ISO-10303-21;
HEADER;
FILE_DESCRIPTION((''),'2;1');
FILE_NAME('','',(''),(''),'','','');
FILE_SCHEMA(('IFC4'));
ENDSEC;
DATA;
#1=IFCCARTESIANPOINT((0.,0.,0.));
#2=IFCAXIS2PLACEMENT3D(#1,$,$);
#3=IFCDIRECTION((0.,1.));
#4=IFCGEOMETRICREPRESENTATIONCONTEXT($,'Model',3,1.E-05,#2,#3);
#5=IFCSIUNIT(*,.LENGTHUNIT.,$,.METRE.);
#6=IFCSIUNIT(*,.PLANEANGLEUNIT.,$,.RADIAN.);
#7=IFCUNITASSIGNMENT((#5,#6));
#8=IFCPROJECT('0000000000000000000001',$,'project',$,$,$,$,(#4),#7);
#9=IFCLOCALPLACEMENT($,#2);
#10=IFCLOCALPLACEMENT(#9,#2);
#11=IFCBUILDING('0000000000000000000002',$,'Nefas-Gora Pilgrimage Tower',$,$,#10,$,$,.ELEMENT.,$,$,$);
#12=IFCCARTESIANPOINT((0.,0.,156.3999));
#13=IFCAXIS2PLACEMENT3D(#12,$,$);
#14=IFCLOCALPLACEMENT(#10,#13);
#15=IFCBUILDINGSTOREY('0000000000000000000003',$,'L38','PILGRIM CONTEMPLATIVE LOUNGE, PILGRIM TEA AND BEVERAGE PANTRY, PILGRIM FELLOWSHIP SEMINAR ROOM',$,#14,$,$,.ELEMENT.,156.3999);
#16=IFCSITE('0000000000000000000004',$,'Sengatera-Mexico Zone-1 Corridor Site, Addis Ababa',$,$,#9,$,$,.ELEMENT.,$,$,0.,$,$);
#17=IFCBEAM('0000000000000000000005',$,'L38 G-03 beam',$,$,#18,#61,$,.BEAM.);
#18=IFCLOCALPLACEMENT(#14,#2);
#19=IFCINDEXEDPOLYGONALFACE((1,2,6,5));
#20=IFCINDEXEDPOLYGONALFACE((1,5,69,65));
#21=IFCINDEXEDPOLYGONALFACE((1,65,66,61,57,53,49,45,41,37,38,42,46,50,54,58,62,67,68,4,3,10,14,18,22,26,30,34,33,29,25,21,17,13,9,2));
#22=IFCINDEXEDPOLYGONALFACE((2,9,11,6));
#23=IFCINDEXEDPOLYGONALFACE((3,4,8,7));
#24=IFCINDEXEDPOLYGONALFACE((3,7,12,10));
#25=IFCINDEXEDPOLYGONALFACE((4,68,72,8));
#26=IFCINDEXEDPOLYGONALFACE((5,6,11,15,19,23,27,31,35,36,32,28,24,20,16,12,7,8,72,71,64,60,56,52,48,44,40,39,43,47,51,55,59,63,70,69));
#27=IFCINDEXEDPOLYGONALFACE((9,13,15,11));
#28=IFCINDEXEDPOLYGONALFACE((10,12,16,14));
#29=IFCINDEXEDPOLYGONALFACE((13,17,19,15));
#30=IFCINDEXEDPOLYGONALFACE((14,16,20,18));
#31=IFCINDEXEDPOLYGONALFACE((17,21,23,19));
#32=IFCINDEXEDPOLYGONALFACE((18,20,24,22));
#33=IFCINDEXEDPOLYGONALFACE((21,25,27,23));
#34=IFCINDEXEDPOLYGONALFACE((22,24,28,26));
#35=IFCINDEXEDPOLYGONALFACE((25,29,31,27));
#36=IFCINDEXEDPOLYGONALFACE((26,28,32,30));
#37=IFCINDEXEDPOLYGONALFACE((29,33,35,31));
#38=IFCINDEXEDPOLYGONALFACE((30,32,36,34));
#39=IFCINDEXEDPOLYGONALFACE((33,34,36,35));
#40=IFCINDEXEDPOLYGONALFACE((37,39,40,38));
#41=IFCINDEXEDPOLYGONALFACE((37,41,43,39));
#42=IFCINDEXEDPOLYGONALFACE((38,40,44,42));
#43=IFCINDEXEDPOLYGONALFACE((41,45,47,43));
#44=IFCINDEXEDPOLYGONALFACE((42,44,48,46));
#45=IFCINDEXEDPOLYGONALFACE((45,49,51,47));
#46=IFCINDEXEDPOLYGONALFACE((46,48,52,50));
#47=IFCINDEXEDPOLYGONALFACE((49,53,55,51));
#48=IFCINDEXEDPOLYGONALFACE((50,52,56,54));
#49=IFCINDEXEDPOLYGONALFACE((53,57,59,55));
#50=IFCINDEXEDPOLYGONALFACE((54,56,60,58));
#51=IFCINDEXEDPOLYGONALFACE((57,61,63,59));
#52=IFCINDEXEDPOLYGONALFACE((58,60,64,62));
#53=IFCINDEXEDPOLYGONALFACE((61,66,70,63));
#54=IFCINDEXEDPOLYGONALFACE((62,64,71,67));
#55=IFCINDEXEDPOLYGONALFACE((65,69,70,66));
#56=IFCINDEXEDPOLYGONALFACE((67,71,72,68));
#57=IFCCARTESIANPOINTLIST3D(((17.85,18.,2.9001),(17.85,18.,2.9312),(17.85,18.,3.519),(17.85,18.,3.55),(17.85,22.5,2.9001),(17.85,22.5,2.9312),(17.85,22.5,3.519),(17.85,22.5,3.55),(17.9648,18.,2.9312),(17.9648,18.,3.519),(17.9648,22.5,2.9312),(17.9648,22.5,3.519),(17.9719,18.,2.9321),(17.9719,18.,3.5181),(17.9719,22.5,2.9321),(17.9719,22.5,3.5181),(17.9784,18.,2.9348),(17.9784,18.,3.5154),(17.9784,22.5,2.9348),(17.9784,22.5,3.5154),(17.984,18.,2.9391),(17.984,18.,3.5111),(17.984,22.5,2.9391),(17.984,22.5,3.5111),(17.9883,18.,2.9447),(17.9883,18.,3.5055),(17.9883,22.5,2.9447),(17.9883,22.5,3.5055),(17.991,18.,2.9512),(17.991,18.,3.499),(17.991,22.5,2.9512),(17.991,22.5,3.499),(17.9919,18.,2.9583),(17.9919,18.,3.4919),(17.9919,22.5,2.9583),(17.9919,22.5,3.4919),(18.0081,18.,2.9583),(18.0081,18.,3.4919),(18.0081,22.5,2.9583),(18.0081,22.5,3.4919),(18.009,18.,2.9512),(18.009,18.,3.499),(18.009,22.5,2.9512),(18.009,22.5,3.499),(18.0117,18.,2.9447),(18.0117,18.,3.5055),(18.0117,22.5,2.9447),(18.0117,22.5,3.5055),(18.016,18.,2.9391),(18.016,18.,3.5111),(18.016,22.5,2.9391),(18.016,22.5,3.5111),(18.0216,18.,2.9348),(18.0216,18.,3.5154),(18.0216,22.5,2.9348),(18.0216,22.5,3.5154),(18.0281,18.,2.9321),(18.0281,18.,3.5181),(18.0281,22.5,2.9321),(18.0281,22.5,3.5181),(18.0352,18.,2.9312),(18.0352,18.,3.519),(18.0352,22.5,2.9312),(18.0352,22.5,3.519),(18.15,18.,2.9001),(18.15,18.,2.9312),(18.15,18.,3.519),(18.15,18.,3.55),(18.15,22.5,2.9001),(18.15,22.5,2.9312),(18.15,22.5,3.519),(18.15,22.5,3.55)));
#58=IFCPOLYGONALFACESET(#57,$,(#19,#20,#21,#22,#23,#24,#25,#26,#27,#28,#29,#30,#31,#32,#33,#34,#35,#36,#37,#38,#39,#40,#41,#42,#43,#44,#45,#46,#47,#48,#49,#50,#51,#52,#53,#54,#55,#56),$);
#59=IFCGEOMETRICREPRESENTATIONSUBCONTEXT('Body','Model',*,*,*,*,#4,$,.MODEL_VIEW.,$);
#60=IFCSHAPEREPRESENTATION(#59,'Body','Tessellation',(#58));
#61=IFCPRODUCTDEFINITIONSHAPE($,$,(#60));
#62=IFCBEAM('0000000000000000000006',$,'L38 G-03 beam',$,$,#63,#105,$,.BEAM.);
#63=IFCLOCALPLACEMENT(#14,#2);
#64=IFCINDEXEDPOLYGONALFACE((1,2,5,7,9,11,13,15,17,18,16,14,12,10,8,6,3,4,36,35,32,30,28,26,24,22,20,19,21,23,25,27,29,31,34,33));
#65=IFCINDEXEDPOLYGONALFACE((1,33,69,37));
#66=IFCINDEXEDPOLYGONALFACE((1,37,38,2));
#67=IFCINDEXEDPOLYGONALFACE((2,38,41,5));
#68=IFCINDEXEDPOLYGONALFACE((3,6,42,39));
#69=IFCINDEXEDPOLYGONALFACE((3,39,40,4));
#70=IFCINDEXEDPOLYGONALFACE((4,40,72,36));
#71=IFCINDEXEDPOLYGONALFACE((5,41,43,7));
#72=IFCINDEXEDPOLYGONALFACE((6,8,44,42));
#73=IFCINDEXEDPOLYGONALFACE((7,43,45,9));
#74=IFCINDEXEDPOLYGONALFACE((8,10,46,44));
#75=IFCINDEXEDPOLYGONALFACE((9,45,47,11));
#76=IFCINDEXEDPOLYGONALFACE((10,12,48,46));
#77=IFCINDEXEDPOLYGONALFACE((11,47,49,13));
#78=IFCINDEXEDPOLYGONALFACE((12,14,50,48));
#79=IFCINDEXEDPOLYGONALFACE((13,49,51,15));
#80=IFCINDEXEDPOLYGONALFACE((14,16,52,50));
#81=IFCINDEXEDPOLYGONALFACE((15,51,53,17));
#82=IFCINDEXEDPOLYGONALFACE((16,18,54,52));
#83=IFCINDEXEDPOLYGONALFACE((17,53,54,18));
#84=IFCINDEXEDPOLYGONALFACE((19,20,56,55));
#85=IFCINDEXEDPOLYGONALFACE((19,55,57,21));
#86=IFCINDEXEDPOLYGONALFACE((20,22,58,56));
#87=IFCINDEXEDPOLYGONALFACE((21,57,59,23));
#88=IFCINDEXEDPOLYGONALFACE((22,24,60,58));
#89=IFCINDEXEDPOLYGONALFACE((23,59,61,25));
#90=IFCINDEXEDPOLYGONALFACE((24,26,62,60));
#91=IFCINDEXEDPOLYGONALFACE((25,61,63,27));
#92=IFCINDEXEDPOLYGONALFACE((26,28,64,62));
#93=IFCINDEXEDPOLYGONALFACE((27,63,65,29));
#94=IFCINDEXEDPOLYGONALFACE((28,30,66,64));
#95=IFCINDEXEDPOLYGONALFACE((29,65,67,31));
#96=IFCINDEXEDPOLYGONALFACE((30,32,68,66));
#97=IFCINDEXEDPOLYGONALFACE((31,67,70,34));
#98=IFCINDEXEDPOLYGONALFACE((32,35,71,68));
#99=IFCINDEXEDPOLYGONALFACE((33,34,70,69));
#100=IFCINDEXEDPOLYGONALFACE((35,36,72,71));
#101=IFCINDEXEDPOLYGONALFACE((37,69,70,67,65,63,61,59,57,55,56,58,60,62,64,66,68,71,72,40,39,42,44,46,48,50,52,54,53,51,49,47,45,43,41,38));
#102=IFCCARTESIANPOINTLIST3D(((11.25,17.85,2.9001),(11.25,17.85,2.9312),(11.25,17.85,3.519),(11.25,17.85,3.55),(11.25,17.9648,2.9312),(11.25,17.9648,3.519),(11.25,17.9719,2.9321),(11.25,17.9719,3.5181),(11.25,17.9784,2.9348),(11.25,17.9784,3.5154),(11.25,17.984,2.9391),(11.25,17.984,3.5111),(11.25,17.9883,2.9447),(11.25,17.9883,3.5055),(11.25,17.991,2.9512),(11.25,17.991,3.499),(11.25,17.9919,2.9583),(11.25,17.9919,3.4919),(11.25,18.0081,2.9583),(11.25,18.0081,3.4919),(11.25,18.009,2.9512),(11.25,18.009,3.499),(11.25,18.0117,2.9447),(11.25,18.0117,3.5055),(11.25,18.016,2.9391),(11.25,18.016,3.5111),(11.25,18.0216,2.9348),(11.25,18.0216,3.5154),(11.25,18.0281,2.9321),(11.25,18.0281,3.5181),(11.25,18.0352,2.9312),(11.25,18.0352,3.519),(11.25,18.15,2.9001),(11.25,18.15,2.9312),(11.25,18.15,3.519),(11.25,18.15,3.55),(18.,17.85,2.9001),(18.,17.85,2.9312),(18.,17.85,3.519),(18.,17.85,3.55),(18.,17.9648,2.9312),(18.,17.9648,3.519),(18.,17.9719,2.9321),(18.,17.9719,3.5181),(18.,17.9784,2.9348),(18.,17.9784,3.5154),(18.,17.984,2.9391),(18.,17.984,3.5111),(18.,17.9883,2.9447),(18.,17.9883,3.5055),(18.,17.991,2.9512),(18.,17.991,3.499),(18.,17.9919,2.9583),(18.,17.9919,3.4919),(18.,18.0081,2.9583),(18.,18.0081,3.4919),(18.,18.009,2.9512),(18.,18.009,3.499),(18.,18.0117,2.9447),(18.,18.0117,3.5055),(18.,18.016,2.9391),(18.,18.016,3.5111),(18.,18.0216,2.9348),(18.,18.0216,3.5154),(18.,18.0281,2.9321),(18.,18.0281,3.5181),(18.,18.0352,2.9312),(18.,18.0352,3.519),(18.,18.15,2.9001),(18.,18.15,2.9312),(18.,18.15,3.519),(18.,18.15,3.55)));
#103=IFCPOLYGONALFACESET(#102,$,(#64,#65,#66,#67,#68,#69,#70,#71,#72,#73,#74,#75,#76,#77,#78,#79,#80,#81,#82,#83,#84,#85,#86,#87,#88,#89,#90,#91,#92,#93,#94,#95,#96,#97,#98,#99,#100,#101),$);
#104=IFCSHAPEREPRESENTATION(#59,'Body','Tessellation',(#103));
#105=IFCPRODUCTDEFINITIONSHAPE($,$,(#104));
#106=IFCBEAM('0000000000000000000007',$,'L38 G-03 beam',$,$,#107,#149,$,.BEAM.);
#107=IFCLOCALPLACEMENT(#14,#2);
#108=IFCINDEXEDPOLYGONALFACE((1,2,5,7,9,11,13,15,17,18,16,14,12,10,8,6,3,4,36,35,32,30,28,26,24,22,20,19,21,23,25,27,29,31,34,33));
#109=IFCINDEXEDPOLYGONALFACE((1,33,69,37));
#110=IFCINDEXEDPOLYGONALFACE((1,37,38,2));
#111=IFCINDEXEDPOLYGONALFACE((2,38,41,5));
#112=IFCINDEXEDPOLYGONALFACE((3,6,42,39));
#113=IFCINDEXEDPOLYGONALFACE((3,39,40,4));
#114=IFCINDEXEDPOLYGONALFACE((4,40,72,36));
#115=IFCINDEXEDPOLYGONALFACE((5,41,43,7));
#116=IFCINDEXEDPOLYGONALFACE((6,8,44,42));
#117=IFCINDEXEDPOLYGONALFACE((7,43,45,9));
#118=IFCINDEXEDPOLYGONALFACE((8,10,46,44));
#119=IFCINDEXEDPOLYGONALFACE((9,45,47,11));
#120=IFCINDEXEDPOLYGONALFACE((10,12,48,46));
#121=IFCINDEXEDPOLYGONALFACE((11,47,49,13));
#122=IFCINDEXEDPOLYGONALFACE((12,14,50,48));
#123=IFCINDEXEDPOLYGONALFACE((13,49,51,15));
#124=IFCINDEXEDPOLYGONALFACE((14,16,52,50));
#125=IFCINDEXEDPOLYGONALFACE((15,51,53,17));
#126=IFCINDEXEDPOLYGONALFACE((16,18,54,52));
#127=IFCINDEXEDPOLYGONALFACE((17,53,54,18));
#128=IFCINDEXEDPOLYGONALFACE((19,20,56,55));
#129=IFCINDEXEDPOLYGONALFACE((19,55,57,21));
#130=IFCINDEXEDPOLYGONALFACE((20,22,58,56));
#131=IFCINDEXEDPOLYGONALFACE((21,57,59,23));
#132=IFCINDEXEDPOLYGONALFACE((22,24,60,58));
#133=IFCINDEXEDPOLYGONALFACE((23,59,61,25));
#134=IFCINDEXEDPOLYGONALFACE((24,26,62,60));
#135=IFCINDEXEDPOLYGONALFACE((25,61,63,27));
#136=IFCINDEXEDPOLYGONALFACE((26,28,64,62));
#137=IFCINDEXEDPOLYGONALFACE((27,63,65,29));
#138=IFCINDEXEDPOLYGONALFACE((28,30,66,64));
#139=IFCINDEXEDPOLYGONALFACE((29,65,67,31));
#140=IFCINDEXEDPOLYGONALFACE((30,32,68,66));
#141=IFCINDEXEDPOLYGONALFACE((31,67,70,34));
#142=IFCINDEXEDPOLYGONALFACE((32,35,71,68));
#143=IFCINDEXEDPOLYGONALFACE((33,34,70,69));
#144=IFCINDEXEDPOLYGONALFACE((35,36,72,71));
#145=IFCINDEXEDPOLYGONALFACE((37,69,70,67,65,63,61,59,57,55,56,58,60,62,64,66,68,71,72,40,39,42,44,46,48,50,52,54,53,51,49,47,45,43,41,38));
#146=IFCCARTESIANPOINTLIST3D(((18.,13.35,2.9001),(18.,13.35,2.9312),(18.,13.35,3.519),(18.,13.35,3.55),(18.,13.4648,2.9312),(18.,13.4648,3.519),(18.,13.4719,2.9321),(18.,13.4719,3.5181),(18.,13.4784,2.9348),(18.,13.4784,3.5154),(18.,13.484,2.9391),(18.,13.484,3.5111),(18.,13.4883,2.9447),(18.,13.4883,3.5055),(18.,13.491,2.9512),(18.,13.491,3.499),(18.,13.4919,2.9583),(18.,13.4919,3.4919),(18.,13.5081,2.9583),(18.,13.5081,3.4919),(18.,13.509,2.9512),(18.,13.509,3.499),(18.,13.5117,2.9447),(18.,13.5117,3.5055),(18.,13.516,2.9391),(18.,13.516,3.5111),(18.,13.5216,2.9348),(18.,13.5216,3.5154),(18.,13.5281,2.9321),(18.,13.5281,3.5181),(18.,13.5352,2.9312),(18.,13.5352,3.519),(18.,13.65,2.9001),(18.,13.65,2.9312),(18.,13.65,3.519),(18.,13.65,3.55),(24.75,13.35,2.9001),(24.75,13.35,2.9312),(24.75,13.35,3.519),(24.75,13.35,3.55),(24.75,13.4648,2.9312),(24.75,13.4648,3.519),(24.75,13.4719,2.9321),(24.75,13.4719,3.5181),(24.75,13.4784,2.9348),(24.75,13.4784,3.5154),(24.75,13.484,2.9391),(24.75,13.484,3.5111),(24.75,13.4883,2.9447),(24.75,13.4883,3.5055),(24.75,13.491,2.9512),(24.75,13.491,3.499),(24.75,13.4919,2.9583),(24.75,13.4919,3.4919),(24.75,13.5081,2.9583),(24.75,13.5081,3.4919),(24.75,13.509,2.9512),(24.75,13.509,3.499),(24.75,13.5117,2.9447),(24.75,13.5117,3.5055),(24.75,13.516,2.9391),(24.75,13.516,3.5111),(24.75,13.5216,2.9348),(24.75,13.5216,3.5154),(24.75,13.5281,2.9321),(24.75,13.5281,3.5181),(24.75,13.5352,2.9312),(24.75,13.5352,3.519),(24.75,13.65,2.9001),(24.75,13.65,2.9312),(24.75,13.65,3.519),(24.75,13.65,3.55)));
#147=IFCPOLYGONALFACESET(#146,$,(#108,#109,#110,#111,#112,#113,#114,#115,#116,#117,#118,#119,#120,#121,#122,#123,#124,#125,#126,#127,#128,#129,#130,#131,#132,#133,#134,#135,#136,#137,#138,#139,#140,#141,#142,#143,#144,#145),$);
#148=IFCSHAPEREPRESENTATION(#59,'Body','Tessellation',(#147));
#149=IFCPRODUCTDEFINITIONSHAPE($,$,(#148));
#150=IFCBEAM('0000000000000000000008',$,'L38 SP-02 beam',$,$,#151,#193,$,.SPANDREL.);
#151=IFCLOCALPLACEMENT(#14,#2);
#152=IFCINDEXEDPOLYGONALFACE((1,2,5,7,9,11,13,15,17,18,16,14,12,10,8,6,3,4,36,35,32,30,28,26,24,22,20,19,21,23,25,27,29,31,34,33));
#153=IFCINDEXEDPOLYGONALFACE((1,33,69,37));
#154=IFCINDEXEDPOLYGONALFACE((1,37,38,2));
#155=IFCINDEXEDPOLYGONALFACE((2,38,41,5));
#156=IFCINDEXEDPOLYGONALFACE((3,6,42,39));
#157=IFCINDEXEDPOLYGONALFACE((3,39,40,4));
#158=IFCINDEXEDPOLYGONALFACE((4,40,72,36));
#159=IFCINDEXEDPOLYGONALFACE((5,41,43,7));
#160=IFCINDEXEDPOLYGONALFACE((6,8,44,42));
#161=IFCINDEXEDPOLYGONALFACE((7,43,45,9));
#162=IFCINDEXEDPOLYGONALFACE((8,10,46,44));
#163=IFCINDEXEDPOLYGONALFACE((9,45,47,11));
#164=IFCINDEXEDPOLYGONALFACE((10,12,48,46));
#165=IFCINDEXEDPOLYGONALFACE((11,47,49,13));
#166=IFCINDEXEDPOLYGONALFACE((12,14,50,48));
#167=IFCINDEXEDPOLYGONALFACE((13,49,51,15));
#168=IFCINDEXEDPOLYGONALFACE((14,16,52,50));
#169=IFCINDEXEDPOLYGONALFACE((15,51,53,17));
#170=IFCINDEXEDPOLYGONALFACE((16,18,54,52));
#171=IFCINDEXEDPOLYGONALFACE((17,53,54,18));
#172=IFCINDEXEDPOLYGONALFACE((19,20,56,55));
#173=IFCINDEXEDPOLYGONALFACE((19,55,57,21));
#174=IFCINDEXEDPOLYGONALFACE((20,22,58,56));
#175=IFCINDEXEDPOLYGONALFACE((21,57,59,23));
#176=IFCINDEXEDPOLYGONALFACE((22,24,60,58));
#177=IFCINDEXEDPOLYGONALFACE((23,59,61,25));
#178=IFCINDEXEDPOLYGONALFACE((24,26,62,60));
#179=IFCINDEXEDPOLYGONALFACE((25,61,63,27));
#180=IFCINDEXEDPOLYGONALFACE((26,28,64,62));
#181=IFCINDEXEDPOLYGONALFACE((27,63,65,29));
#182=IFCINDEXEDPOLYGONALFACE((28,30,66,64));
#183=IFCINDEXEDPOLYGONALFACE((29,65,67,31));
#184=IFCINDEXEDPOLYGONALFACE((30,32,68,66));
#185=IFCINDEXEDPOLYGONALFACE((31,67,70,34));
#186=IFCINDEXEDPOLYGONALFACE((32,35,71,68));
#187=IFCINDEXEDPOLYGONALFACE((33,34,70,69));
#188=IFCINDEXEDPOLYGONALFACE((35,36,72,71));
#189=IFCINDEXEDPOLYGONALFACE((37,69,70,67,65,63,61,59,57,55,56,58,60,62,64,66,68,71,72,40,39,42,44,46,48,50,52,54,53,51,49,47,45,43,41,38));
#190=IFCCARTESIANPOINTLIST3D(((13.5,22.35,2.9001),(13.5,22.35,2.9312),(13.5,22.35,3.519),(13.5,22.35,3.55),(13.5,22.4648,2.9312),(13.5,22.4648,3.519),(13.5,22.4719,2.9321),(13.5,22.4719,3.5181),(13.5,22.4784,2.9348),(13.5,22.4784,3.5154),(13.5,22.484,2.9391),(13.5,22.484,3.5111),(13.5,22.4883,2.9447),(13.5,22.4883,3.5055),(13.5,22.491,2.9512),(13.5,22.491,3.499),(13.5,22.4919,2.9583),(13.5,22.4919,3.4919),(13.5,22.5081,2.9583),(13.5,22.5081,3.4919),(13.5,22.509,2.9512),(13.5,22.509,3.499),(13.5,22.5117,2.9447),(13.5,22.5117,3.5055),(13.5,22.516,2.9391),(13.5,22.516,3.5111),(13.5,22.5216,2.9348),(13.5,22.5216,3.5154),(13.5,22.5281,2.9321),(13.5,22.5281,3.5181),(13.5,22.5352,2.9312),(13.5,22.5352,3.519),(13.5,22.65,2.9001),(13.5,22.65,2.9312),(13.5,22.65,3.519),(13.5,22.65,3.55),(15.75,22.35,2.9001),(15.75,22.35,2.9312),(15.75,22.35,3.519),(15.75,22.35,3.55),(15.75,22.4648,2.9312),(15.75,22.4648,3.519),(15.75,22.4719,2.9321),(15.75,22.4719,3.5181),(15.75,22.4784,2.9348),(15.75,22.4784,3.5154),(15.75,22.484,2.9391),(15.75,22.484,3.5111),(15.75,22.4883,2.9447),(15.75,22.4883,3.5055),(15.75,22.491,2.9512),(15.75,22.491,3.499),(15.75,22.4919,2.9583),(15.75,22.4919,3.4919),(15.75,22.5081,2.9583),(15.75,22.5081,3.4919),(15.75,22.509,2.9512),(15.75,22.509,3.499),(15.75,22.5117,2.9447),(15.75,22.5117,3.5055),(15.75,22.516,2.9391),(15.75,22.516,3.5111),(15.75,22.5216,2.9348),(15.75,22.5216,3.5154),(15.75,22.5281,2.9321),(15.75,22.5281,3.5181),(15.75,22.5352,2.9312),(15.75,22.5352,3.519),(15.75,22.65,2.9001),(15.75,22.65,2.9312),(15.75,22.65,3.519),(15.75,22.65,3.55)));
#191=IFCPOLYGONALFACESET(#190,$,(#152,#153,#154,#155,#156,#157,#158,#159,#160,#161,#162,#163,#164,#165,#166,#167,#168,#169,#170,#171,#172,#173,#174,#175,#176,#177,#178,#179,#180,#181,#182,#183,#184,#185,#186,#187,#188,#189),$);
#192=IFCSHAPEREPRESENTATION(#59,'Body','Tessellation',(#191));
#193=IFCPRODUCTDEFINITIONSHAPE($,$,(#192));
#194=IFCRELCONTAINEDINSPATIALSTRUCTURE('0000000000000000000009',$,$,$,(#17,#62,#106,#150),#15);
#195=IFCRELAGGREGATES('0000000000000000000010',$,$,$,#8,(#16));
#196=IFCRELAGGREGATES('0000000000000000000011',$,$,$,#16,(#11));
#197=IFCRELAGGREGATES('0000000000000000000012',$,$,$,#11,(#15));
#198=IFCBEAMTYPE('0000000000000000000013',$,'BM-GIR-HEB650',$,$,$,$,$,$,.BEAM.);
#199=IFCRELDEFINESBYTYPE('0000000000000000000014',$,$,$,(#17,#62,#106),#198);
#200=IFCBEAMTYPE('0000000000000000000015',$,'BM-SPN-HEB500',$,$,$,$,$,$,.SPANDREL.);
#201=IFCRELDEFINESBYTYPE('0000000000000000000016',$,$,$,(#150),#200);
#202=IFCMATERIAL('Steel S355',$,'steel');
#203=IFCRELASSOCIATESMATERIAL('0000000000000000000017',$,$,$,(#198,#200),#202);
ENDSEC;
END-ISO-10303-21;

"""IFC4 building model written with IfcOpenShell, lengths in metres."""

from ifc_helpers import new_model, si_unit, direction, frame, origin, origin_2d, place, context, subcontext, project, spatial, i_section, extrude, source, transform, mapped, material, material_profile, profile_set, type_object, element, save


model = new_model("IFC4")

# Units and contexts
model_context = context("Model", 3, precision=1e-05, world=origin(), true_north=direction((0.0, 1.0)))
body_context = subcontext(model_context, "Body", "Model", "MODEL_VIEW")
ifc_project = project(units=[si_unit("LENGTHUNIT", "METRE"), si_unit("PLANEANGLEUNIT", "RADIAN")], contexts=[model_context])

# Site, building, storey
site_placement = place(None, origin())
site = spatial("IfcSite", under=ifc_project, at=site_placement, Name="Sengatera-Mexico Zone-1 Corridor Site, Addis Ababa", CompositionType="ELEMENT", RefElevation=0.0)
building_placement = place(site_placement, origin())
building = spatial("IfcBuilding", under=site, at=building_placement, Name="Nefas-Gora Pilgrimage Tower", CompositionType="ELEMENT")
storey_placement = place(building_placement, frame((0.0, 0.0, 156.3999)))
storey = spatial("IfcBuildingStorey", under=building, at=storey_placement, Name="L38", Description="PILGRIM CONTEMPLATIVE LOUNGE, PILGRIM TEA AND BEVERAGE PANTRY, PILGRIM FELLOWSHIP SEMINAR ROOM", CompositionType="ELEMENT", Elevation=156.3999)

# Beams
ifc_material_1 = material(Name="Steel S355", Category="steel")
ifc_material_profile_1 = material_profile(ifc_material_1, i_section(OverallWidth=0.3, OverallDepth=0.6499, WebThickness=0.0161, FlangeThickness=0.031, FilletRadius=0.0271, at=origin_2d()), Name="HEB 650")
ifc_profile_set_1 = profile_set([ifc_material_profile_1], Name="Steel S355")
beam_type_1 = type_object("IfcBeamType", Name="BM-GIR-HEB650", PredefinedType="BEAM", material=ifc_profile_set_1)
shared_shape_1 = source(origin(), body_context, "Body", "SweptSolid", [
    extrude(i_section(OverallWidth=0.3, OverallDepth=0.6499, WebThickness=0.0161, FlangeThickness=0.031, FilletRadius=0.0271, at=origin_2d()), origin(), (0.0, 0.0, 1.0), 4.5),
])
for number, where, z_axis, x_axis, name in (
    (1, (18.0, 18.0, 3.2251), (0.0, 1.0, 0.0), (-1.0, 0.0, 0.0), "L38 G-03 beam"),
):
    element("IfcBeam", number, at=place(storey_placement, frame(where, z_axis=z_axis, x_axis=x_axis)), inside=storey, type_object=beam_type_1, Name=name, PredefinedType="BEAM", context=body_context, shape_type="MappedRepresentation", body=[
        mapped(shared_shape_1, transform((0.0, 0.0, 0.0), x_axis=(1.0, 0.0, 0.0), y_axis=(0.0, 1.0, 0.0), z_axis=(0.0, 0.0, 1.0), scale=1.0)),
    ])
shared_shape_2 = source(origin(), body_context, "Body", "SweptSolid", [
    extrude(i_section(OverallWidth=0.3, OverallDepth=0.6499, WebThickness=0.0161, FlangeThickness=0.031, FilletRadius=0.0271, at=origin_2d()), origin(), (0.0, 0.0, 1.0), 6.75),
])
for number, where, z_axis, x_axis, name in (
    (2, (11.25, 18.0, 3.2251), (1.0, 0.0, 0.0), (0.0, 1.0, 0.0), "L38 G-03 beam"),
    (3, (18.0, 13.5, 3.2251), (1.0, 0.0, 0.0), (0.0, 1.0, 0.0), "L38 G-03 beam"),
):
    element("IfcBeam", number, at=place(storey_placement, frame(where, z_axis=z_axis, x_axis=x_axis)), inside=storey, type_object=beam_type_1, Name=name, PredefinedType="BEAM", context=body_context, shape_type="MappedRepresentation", body=[
        mapped(shared_shape_2, transform((0.0, 0.0, 0.0), x_axis=(1.0, 0.0, 0.0), y_axis=(0.0, 1.0, 0.0), z_axis=(0.0, 0.0, 1.0), scale=1.0)),
    ])
ifc_material_profile_2 = material_profile(ifc_material_1, i_section(OverallWidth=0.3, OverallDepth=0.6499, WebThickness=0.0161, FlangeThickness=0.031, FilletRadius=0.0271, at=origin_2d()), Name="HEB 650")
ifc_profile_set_2 = profile_set([ifc_material_profile_2], Name="Steel S355")
beam_type_2 = type_object("IfcBeamType", Name="BM-SPN-HEB500", PredefinedType="SPANDREL", material=ifc_profile_set_2)
shared_shape_3 = source(origin(), body_context, "Body", "SweptSolid", [
    extrude(i_section(OverallWidth=0.3, OverallDepth=0.6499, WebThickness=0.0161, FlangeThickness=0.031, FilletRadius=0.0271, at=origin_2d()), origin(), (0.0, 0.0, 1.0), 2.25),
])
for number, where, z_axis, x_axis, name in (
    (4, (13.5, 22.5, 3.2251), (1.0, 0.0, 0.0), (0.0, 1.0, 0.0), "L38 SP-02 beam"),
):
    element("IfcBeam", number, at=place(storey_placement, frame(where, z_axis=z_axis, x_axis=x_axis)), inside=storey, type_object=beam_type_2, Name=name, PredefinedType="SPANDREL", context=body_context, shape_type="MappedRepresentation", body=[
        mapped(shared_shape_3, transform((0.0, 0.0, 0.0), x_axis=(1.0, 0.0, 0.0), y_axis=(0.0, 1.0, 0.0), z_axis=(0.0, 0.0, 1.0), scale=1.0)),
    ])

save(model, "model.ifc")
